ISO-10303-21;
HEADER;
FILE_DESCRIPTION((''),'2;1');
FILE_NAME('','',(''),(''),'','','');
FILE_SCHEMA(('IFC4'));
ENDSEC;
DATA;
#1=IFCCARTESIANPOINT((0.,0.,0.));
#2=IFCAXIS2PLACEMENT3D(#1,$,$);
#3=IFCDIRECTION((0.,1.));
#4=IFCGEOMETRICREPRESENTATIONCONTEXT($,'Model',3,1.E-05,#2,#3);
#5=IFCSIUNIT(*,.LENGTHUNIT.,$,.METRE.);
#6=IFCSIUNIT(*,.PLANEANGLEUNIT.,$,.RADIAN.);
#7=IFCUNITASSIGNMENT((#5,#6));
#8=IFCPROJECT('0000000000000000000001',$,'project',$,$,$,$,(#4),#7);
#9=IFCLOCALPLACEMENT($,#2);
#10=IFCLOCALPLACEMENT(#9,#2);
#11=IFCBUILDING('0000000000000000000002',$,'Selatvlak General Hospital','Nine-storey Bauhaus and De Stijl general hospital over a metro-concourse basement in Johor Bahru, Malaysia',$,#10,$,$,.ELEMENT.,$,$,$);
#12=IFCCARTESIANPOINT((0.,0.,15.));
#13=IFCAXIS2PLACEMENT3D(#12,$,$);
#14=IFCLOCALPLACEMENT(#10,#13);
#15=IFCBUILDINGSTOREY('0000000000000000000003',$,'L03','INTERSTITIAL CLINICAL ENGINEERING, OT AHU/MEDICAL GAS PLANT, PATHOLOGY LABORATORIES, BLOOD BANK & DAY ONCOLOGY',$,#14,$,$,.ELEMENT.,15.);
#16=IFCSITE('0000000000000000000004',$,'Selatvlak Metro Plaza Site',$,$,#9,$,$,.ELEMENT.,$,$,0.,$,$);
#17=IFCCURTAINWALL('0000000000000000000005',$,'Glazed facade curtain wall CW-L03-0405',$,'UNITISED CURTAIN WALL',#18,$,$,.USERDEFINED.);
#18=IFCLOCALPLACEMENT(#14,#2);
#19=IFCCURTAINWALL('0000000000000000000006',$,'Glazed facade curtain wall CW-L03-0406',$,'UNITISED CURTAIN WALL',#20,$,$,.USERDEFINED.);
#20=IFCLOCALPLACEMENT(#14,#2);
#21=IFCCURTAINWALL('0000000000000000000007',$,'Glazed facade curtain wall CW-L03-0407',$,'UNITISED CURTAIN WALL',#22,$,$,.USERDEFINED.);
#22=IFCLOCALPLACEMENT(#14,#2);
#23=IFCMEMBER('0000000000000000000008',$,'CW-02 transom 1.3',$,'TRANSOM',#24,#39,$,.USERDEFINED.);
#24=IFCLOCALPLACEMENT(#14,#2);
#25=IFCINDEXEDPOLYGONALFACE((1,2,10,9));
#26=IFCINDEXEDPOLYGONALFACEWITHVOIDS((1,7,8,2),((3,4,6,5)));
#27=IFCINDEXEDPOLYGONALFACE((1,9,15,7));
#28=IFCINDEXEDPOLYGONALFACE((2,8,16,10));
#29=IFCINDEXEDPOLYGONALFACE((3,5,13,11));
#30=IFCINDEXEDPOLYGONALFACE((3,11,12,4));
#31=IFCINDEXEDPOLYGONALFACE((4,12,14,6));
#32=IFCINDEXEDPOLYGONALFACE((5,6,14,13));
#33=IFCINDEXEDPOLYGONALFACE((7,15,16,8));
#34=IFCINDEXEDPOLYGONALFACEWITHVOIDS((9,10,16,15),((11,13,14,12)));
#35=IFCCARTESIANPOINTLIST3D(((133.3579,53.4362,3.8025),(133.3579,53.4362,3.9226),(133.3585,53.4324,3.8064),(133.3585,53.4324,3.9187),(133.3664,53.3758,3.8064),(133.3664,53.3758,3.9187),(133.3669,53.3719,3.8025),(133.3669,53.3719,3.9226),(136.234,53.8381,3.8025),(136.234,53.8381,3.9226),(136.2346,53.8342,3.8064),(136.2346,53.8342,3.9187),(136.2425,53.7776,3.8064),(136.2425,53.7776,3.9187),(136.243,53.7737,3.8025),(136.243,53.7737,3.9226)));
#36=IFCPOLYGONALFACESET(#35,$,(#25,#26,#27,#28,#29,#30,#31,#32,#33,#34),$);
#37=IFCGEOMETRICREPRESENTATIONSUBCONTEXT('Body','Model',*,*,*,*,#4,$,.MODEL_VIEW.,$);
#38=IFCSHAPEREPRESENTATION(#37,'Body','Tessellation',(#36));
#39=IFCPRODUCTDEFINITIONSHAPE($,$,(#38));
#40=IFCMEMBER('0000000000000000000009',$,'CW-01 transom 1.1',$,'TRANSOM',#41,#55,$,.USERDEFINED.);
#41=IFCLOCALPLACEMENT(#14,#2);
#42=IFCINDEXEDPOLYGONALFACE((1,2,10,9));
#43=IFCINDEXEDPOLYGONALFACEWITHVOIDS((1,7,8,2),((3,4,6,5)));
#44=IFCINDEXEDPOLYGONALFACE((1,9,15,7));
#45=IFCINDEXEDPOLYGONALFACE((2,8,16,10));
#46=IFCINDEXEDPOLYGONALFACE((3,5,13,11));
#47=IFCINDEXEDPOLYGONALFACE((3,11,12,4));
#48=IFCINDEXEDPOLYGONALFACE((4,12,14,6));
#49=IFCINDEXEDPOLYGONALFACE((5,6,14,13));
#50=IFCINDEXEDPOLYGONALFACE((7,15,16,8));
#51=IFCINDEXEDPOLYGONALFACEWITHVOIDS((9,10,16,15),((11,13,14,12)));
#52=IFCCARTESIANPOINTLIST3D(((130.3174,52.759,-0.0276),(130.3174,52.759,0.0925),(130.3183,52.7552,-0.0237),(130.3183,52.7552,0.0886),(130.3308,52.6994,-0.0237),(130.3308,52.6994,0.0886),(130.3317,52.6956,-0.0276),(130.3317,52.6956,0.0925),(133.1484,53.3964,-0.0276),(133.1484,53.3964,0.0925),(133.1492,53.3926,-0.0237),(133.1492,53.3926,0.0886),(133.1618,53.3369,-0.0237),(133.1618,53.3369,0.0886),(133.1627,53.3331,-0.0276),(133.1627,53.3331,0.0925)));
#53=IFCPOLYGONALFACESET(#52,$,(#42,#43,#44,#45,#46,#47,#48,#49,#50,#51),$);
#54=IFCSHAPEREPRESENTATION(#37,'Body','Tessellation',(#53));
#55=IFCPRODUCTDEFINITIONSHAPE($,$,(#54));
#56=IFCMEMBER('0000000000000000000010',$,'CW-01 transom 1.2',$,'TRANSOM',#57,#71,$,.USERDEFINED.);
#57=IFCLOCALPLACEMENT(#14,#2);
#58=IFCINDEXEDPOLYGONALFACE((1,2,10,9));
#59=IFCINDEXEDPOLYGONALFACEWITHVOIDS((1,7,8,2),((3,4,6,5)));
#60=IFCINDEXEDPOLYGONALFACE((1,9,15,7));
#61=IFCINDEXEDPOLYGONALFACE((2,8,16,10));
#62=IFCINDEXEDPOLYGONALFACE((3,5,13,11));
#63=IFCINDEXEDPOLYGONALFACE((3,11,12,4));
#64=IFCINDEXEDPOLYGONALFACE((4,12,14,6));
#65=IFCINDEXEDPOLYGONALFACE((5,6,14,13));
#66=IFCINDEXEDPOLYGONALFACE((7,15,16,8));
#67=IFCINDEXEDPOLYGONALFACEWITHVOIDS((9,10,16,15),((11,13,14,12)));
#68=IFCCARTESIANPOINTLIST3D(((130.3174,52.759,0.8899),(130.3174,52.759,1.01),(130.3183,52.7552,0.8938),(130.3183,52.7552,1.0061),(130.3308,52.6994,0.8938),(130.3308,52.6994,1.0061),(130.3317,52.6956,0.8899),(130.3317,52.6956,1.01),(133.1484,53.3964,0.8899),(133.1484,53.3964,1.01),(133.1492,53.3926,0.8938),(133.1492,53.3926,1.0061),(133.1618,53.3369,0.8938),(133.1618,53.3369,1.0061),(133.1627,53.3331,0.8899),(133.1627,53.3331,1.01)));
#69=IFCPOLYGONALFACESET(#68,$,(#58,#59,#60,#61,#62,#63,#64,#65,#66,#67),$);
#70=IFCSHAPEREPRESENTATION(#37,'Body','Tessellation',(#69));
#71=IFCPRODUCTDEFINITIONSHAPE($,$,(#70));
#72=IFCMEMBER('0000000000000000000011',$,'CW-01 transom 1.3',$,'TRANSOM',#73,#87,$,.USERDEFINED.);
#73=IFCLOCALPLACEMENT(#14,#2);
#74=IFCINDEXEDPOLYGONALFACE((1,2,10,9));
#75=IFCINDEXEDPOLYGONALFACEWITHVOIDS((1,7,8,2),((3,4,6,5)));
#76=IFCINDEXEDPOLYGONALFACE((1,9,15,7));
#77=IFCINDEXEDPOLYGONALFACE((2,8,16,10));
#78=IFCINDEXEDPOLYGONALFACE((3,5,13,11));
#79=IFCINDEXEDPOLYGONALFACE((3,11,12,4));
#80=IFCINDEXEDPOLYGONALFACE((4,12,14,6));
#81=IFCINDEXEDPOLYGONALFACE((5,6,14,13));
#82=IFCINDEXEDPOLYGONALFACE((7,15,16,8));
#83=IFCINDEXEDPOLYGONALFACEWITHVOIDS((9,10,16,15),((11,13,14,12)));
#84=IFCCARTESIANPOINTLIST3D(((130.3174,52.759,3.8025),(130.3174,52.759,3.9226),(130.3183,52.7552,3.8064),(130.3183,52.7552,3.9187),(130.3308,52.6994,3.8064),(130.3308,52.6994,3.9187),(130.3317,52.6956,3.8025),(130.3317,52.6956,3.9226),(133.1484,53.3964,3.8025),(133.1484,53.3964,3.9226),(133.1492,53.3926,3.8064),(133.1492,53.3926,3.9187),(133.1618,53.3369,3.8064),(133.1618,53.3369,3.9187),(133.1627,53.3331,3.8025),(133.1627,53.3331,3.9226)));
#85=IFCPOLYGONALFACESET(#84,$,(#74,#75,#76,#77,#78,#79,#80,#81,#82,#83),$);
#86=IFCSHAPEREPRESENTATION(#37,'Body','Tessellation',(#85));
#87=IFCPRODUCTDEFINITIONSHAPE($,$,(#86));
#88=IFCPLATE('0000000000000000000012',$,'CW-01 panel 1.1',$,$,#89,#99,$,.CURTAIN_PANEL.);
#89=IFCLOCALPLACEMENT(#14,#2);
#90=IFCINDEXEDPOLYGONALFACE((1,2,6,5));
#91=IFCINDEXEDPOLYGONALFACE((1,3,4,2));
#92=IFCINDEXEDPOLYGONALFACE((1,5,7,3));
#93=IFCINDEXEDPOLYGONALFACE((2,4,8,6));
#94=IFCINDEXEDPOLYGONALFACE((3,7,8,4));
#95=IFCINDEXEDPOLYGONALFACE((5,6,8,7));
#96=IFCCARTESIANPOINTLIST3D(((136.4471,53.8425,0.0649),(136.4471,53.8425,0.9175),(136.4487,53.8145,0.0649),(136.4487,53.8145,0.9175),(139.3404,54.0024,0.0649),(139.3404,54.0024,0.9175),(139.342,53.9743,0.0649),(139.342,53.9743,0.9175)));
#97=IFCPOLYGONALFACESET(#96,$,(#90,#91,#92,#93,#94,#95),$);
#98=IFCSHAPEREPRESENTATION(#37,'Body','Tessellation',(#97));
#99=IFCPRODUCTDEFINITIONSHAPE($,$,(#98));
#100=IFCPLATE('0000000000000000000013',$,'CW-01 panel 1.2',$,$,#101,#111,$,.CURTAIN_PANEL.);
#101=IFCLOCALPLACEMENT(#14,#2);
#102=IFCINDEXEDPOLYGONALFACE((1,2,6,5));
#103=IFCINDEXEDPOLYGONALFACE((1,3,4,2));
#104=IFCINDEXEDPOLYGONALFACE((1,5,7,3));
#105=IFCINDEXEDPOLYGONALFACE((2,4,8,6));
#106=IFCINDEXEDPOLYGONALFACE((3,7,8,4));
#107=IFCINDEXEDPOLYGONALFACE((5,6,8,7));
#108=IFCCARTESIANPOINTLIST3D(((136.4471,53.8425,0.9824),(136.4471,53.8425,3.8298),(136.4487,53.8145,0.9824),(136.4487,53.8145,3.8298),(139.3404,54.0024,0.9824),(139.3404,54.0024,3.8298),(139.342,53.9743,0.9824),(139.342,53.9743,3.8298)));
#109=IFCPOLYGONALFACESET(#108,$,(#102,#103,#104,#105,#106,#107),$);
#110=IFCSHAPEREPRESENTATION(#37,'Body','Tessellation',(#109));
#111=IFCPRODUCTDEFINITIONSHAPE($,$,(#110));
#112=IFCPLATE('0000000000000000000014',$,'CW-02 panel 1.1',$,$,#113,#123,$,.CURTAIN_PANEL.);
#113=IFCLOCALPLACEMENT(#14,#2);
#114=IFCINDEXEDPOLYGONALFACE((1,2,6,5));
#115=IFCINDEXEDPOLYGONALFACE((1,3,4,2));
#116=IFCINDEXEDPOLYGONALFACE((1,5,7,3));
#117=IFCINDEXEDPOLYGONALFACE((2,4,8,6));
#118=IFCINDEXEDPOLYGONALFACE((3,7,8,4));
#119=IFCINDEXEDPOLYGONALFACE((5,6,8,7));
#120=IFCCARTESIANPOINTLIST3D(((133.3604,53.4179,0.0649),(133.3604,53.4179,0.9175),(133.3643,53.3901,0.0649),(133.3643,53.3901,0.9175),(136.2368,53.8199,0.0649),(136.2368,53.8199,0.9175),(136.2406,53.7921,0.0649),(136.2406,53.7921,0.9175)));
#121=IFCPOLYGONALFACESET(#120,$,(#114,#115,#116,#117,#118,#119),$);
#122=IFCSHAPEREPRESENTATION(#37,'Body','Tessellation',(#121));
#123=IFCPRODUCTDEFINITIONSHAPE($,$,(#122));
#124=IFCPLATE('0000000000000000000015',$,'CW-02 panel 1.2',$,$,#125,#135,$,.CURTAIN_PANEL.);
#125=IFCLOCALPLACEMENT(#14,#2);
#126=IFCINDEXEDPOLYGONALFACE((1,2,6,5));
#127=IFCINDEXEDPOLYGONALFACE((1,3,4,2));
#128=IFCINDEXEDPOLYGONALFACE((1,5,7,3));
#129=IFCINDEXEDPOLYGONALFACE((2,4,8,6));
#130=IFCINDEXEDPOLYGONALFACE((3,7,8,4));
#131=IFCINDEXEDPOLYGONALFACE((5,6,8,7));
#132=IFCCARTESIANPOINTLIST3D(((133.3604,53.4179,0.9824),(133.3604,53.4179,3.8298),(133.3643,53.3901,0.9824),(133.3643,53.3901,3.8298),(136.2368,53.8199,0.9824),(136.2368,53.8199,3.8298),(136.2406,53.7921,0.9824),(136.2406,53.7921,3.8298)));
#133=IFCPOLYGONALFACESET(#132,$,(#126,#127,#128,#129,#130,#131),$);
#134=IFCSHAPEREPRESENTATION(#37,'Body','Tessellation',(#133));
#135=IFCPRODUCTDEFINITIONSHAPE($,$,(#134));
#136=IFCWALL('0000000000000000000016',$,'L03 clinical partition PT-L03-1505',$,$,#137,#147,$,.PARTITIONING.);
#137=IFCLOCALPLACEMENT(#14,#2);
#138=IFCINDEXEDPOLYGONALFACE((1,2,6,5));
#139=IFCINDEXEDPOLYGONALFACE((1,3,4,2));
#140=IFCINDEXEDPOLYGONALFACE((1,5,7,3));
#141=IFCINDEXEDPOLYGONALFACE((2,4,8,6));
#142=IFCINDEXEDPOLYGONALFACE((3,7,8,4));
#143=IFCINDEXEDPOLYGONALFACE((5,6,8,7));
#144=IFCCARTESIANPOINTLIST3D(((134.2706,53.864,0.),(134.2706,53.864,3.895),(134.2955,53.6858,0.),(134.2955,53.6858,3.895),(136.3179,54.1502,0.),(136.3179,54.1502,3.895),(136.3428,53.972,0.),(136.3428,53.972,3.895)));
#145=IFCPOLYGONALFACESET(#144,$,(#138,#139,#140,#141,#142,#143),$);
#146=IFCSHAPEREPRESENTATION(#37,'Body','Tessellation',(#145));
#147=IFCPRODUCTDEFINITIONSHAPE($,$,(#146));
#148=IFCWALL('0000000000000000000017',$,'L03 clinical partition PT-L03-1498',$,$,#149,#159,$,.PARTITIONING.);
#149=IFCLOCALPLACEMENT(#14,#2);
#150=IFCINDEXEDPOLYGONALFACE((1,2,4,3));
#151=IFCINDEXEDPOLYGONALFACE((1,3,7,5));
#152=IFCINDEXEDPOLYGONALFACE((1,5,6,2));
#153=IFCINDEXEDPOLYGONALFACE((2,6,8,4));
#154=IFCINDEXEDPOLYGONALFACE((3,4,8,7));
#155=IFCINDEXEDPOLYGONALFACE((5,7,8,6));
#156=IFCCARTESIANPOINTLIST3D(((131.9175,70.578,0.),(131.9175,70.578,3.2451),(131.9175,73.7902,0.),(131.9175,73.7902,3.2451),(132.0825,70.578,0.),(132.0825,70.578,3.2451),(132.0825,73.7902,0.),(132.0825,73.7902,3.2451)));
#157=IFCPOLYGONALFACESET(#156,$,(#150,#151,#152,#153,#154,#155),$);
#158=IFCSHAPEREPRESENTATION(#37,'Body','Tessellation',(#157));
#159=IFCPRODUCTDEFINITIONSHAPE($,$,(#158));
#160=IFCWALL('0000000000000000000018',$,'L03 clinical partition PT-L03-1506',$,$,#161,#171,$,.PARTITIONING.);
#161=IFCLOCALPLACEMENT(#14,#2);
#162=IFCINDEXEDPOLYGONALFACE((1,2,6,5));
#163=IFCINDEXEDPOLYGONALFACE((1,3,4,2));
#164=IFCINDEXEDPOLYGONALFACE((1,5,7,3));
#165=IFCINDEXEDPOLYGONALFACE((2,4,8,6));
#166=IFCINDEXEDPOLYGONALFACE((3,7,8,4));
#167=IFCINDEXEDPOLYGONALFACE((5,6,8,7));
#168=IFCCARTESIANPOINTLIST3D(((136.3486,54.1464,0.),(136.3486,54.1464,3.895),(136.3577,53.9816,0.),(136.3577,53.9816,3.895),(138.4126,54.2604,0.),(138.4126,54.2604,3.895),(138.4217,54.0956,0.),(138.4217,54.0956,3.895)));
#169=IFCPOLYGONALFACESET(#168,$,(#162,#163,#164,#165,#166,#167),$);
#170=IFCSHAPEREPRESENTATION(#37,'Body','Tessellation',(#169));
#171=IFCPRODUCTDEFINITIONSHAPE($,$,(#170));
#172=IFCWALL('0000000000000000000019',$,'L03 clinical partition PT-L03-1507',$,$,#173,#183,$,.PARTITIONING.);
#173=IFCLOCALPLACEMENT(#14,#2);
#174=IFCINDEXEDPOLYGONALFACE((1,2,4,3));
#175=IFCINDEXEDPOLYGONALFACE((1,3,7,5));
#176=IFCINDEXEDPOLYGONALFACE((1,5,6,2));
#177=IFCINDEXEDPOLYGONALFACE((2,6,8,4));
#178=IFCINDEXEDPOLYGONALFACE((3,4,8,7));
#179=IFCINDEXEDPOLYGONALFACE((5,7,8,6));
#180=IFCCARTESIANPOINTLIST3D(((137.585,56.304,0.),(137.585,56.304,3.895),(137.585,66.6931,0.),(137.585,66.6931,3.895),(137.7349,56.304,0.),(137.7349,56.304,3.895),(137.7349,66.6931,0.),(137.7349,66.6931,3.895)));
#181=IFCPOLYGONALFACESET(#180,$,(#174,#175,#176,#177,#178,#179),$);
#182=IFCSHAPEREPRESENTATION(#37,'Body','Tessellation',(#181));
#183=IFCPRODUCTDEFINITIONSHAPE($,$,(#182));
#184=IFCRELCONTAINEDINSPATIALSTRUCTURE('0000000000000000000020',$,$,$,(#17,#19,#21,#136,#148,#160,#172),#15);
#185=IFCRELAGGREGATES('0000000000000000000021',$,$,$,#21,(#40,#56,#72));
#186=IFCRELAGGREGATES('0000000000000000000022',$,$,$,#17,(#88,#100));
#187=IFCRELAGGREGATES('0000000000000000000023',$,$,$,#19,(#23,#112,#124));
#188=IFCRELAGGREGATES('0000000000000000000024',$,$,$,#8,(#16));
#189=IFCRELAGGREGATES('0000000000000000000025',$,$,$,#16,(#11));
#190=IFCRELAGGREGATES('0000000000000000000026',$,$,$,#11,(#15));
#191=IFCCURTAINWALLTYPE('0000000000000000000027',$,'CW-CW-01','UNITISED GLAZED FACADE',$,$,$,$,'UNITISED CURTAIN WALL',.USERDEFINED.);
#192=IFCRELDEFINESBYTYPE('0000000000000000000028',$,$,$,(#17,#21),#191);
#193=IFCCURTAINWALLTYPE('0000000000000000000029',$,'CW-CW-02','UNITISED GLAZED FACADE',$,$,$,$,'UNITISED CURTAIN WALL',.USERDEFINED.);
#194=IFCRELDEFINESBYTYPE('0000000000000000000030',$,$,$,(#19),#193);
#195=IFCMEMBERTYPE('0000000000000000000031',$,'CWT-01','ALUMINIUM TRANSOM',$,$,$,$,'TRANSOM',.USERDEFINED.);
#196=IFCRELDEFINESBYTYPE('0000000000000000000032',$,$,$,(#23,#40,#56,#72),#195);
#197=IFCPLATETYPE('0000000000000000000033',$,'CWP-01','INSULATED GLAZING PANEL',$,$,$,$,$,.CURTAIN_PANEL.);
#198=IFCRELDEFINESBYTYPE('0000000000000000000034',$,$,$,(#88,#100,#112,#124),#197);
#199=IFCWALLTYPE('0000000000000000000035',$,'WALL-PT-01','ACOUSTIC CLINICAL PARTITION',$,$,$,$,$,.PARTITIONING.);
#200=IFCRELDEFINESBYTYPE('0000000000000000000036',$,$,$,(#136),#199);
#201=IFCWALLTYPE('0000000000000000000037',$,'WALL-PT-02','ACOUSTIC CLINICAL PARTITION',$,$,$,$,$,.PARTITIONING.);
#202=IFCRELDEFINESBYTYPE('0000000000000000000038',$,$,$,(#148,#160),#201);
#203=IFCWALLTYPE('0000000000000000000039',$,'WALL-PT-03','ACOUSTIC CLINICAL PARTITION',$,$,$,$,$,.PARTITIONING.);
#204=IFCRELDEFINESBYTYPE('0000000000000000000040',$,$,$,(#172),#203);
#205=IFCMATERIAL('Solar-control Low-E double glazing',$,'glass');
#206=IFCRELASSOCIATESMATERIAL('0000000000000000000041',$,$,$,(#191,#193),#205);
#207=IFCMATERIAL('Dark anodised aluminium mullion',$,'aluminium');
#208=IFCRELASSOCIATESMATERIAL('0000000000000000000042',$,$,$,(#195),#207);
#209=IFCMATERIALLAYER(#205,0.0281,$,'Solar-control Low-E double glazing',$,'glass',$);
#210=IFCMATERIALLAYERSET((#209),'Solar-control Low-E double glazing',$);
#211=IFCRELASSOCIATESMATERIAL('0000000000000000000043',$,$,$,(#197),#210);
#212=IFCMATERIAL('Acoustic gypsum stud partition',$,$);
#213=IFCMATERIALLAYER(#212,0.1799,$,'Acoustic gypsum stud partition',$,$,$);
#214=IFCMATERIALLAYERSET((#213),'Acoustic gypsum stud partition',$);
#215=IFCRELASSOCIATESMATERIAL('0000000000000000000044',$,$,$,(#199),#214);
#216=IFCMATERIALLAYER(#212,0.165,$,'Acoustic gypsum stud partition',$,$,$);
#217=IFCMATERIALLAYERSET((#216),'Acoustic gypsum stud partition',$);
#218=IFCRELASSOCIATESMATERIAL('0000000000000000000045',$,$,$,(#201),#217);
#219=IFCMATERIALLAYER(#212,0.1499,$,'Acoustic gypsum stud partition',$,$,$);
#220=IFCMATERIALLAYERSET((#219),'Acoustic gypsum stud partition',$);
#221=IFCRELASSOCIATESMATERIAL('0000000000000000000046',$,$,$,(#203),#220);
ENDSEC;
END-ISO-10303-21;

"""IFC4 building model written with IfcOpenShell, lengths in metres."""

from ifc_helpers import new_model, si_unit, direction, frame, frame_2d, origin, origin_2d, place, context, subcontext, project, spatial, rectangle, hollow_rectangle, extrude, material, layer, layer_set, material_profile, profile_set, type_object, element, aggregate, save


model = new_model("IFC4")

# Units and contexts
model_context = context("Model", 3, precision=1e-05, world=origin(), true_north=direction((0.0, 1.0)))
body_context = subcontext(model_context, "Body", "Model", "MODEL_VIEW")
ifc_project = project(units=[si_unit("LENGTHUNIT", "METRE"), si_unit("PLANEANGLEUNIT", "RADIAN")], contexts=[model_context])

# Site, building, storey
site_placement = place(None, origin())
site = spatial("IfcSite", under=ifc_project, at=site_placement, Name="Selatvlak Metro Plaza Site", CompositionType="ELEMENT", RefElevation=0.0)
building_placement = place(site_placement, origin())
building = spatial("IfcBuilding", under=site, at=building_placement, Name="Selatvlak General Hospital", Description="Nine-storey Bauhaus and De Stijl general hospital over a metro-concourse basement in Johor Bahru, Malaysia", CompositionType="ELEMENT")
storey_placement = place(building_placement, frame((0.0, 0.0, 15.0)))
storey = spatial("IfcBuildingStorey", under=building, at=storey_placement, Name="L03", Description="INTERSTITIAL CLINICAL ENGINEERING, OT AHU/MEDICAL GAS PLANT, PATHOLOGY LABORATORIES, BLOOD BANK & DAY ONCOLOGY", CompositionType="ELEMENT", Elevation=15.0)

# Curtain wall
ifc_material_1 = material(Name="Solar-control Low-E double glazing", Category="glass")
curtain_wall_type_1 = type_object("IfcCurtainWallType", Name="CW-CW-01", Description="UNITISED GLAZED FACADE", ElementType="UNITISED CURTAIN WALL", PredefinedType="USERDEFINED", material=ifc_material_1)
curtain_wall_1_placement = place(storey_placement, origin())
curtain_wall_1 = element("IfcCurtainWall", 1, at=curtain_wall_1_placement, inside=storey, type_object=curtain_wall_type_1, Name="Glazed facade curtain wall CW-L03-0405", ObjectType="UNITISED CURTAIN WALL", PredefinedType="USERDEFINED")
ifc_material_2 = material(Name="Dark anodised aluminium mullion", Category="aluminium")

# Curtain wall
curtain_wall_type_2 = type_object("IfcCurtainWallType", Name="CW-CW-02", Description="UNITISED GLAZED FACADE", ElementType="UNITISED CURTAIN WALL", PredefinedType="USERDEFINED", material=ifc_material_1)
curtain_wall_2_placement = place(storey_placement, origin())
curtain_wall_2 = element("IfcCurtainWall", 2, at=curtain_wall_2_placement, inside=storey, type_object=curtain_wall_type_2, Name="Glazed facade curtain wall CW-L03-0406", ObjectType="UNITISED CURTAIN WALL", PredefinedType="USERDEFINED")

# Curtain wall
curtain_wall_3_placement = place(storey_placement, origin())
curtain_wall_3 = element("IfcCurtainWall", 3, at=curtain_wall_3_placement, inside=storey, type_object=curtain_wall_type_1, Name="Glazed facade curtain wall CW-L03-0407", ObjectType="UNITISED CURTAIN WALL", PredefinedType="USERDEFINED")

# Members
ifc_material_profile_1 = material_profile(ifc_material_2, hollow_rectangle(XDim=0.0649, YDim=0.1201, WallThickness=0.0039, at=origin_2d()), Name="AL-TRN 65x120x4")
ifc_profile_set_1 = profile_set([ifc_material_profile_1], Name="Dark anodised aluminium mullion")
member_type_1 = type_object("IfcMemberType", Name="CWT-01", Description="ALUMINIUM TRANSOM", ElementType="TRANSOM", PredefinedType="USERDEFINED", material=ifc_profile_set_1)
member_1_placement = place(storey_placement, frame((136.2385, 53.8059, 3.8625), z_axis=(-0.99038, -0.138372, 0.0), x_axis=(0.138372, -0.99038, 0.0)))
member_1 = element("IfcMember", 4, at=member_1_placement, type_object=member_type_1, Name="CW-02 transom 1.3", ObjectType="TRANSOM", PredefinedType="USERDEFINED", context=body_context, shape_type="SweptSolid", body=[
    extrude(hollow_rectangle(XDim=0.0649, YDim=0.1201, WallThickness=0.0039, at=origin_2d()), origin(), (0.0, 0.0, 1.0), 2.9041),
])
member_2_placement = place(storey_placement, frame((133.1555, 53.3647, 0.0325), z_axis=(-0.975576, -0.219664, 0.0), x_axis=(0.219664, -0.975576, 0.0)))
member_2 = element("IfcMember", 5, at=member_2_placement, type_object=member_type_1, Name="CW-01 transom 1.1", ObjectType="TRANSOM", PredefinedType="USERDEFINED", context=body_context, shape_type="SweptSolid", body=[
    extrude(hollow_rectangle(XDim=0.0649, YDim=0.1201, WallThickness=0.0039, at=origin_2d()), origin(), (0.0, 0.0, 1.0), 2.9019),
])
member_3_placement = place(storey_placement, frame((133.1555, 53.3647, 0.95), z_axis=(-0.975576, -0.219664, 0.0), x_axis=(0.219664, -0.975576, 0.0)))
member_3 = element("IfcMember", 6, at=member_3_placement, type_object=member_type_1, Name="CW-01 transom 1.2", ObjectType="TRANSOM", PredefinedType="USERDEFINED", context=body_context, shape_type="SweptSolid", body=[
    extrude(hollow_rectangle(XDim=0.0649, YDim=0.1201, WallThickness=0.0039, at=origin_2d()), origin(), (0.0, 0.0, 1.0), 2.9019),
])
member_4_placement = place(storey_placement, frame((133.1555, 53.3647, 3.8625), z_axis=(-0.975576, -0.219664, 0.0), x_axis=(0.219664, -0.975576, 0.0)))
member_4 = element("IfcMember", 7, at=member_4_placement, type_object=member_type_1, Name="CW-01 transom 1.3", ObjectType="TRANSOM", PredefinedType="USERDEFINED", context=body_context, shape_type="SweptSolid", body=[
    extrude(hollow_rectangle(XDim=0.0649, YDim=0.1201, WallThickness=0.0039, at=origin_2d()), origin(), (0.0, 0.0, 1.0), 2.9019),
])
aggregate(curtain_wall_3, [member_2, member_3, member_4])

# Plates
ifc_layer_1 = layer(ifc_material_1, 0.0281, Name="Solar-control Low-E double glazing", Category="glass")
ifc_layer_set_1 = layer_set([ifc_layer_1], Name="Solar-control Low-E double glazing")
plate_type = type_object("IfcPlateType", Name="CWP-01", Description="INSULATED GLAZING PANEL", PredefinedType="CURTAIN_PANEL", material=ifc_layer_set_1)
plate_1_placement = place(storey_placement, frame((137.8945, 53.9084, 0.0649), z_axis=(0.0, 0.0, 1.0), x_axis=(-0.998478, -0.055159, 0.0)))
plate_1 = element("IfcPlate", 8, at=plate_1_placement, type_object=plate_type, Name="CW-01 panel 1.1", PredefinedType="CURTAIN_PANEL", context=body_context, shape_type="SweptSolid", body=[
    extrude(rectangle(XDim=2.8977, YDim=0.0281, at=origin_2d()), origin(), (0.0, 0.0, 1.0), 0.8525),
])
plate_2_placement = place(storey_placement, frame((137.8945, 53.9084, 0.9824), z_axis=(0.0, 0.0, 1.0), x_axis=(-0.998478, -0.055159, 0.0)))
plate_2 = element("IfcPlate", 9, at=plate_2_placement, type_object=plate_type, Name="CW-01 panel 1.2", PredefinedType="CURTAIN_PANEL", context=body_context, shape_type="SweptSolid", body=[
    extrude(rectangle(XDim=2.8977, YDim=0.0281, at=origin_2d()), origin(), (0.0, 0.0, 1.0), 2.8474),
])
aggregate(curtain_wall_1, [plate_1, plate_2])
plate_3_placement = place(storey_placement, frame((134.8005, 53.605, 0.0649), z_axis=(0.0, 0.0, 1.0), x_axis=(-0.990373, -0.138422, 0.0)))
plate_3 = element("IfcPlate", 10, at=plate_3_placement, type_object=plate_type, Name="CW-02 panel 1.1", PredefinedType="CURTAIN_PANEL", context=body_context, shape_type="SweptSolid", body=[
    extrude(rectangle(XDim=2.9043, YDim=0.0281, at=origin_2d()), origin(), (0.0, 0.0, 1.0), 0.8525),
])
plate_4_placement = place(storey_placement, frame((134.8005, 53.605, 0.9824), z_axis=(0.0, 0.0, 1.0), x_axis=(-0.990373, -0.138422, 0.0)))
plate_4 = element("IfcPlate", 11, at=plate_4_placement, type_object=plate_type, Name="CW-02 panel 1.2", PredefinedType="CURTAIN_PANEL", context=body_context, shape_type="SweptSolid", body=[
    extrude(rectangle(XDim=2.9043, YDim=0.0281, at=origin_2d()), origin(), (0.0, 0.0, 1.0), 2.8474),
])
aggregate(curtain_wall_2, [member_1, plate_3, plate_4])

# Walls
ifc_material_3 = material(Name="Acoustic gypsum stud partition")
ifc_layer_2 = layer(ifc_material_3, 0.1799, Name="Acoustic gypsum stud partition")
ifc_layer_set_2 = layer_set([ifc_layer_2], Name="Acoustic gypsum stud partition")
wall_type_1 = type_object("IfcWallType", Name="WALL-PT-01", Description="ACOUSTIC CLINICAL PARTITION", PredefinedType="PARTITIONING", material=ifc_layer_set_2)
wall_1_placement = place(storey_placement, frame((134.283, 53.7749, 0.0), z_axis=(0.0, 0.0, 1.0), x_axis=(0.990373, 0.138428, 0.0)))
element("IfcWall", 12, at=wall_1_placement, inside=storey, type_object=wall_type_1, Name="L03 clinical partition PT-L03-1505", PredefinedType="PARTITIONING", context=body_context, shape_type="SweptSolid", body=[
    extrude(rectangle(XDim=2.0671, YDim=0.1799, at=frame_2d((1.0337, 0.0))), origin(), (0.0, 0.0, 1.0), 3.895),
])
ifc_layer_3 = layer(ifc_material_3, 0.165, Name="Acoustic gypsum stud partition")
ifc_layer_set_3 = layer_set([ifc_layer_3], Name="Acoustic gypsum stud partition")
wall_type_2 = type_object("IfcWallType", Name="WALL-PT-02", Description="ACOUSTIC CLINICAL PARTITION", PredefinedType="PARTITIONING", material=ifc_layer_set_3)
wall_2_placement = place(storey_placement, frame((132.0, 73.79, 0.0), z_axis=(0.0, 0.0, 1.0), x_axis=(0.0, -1.0, 0.0)))
element("IfcWall", 13, at=wall_2_placement, inside=storey, type_object=wall_type_2, Name="L03 clinical partition PT-L03-1498", PredefinedType="PARTITIONING", context=body_context, shape_type="SweptSolid", body=[
    extrude(rectangle(XDim=3.2122, YDim=0.165, at=frame_2d((1.606, 0.0))), origin(), (0.0, 0.0, 1.0), 3.2451),
])
wall_3_placement = place(storey_placement, frame((136.353, 54.064, 0.0), z_axis=(0.0, 0.0, 1.0), x_axis=(0.998478, 0.055156, 0.0)))
element("IfcWall", 14, at=wall_3_placement, inside=storey, type_object=wall_type_2, Name="L03 clinical partition PT-L03-1506", PredefinedType="PARTITIONING", context=body_context, shape_type="SweptSolid", body=[
    extrude(rectangle(XDim=2.0671, YDim=0.165, at=frame_2d((1.0337, 0.0))), origin(), (0.0, 0.0, 1.0), 3.895),
])
ifc_layer_4 = layer(ifc_material_3, 0.1499, Name="Acoustic gypsum stud partition")
ifc_layer_set_4 = layer_set([ifc_layer_4], Name="Acoustic gypsum stud partition")
wall_type_3 = type_object("IfcWallType", Name="WALL-PT-03", Description="ACOUSTIC CLINICAL PARTITION", PredefinedType="PARTITIONING", material=ifc_layer_set_4)
wall_4_placement = place(storey_placement, frame((137.6599, 56.304, 0.0), z_axis=(0.0, 0.0, 1.0), x_axis=(0.0, 1.0, 0.0)))
element("IfcWall", 15, at=wall_4_placement, inside=storey, type_object=wall_type_3, Name="L03 clinical partition PT-L03-1507", PredefinedType="PARTITIONING", context=body_context, shape_type="SweptSolid", body=[
    extrude(rectangle(XDim=10.3892, YDim=0.1499, at=frame_2d((5.1946, 0.0))), origin(), (0.0, 0.0, 1.0), 3.895),
])

save(model, "model.ifc")
